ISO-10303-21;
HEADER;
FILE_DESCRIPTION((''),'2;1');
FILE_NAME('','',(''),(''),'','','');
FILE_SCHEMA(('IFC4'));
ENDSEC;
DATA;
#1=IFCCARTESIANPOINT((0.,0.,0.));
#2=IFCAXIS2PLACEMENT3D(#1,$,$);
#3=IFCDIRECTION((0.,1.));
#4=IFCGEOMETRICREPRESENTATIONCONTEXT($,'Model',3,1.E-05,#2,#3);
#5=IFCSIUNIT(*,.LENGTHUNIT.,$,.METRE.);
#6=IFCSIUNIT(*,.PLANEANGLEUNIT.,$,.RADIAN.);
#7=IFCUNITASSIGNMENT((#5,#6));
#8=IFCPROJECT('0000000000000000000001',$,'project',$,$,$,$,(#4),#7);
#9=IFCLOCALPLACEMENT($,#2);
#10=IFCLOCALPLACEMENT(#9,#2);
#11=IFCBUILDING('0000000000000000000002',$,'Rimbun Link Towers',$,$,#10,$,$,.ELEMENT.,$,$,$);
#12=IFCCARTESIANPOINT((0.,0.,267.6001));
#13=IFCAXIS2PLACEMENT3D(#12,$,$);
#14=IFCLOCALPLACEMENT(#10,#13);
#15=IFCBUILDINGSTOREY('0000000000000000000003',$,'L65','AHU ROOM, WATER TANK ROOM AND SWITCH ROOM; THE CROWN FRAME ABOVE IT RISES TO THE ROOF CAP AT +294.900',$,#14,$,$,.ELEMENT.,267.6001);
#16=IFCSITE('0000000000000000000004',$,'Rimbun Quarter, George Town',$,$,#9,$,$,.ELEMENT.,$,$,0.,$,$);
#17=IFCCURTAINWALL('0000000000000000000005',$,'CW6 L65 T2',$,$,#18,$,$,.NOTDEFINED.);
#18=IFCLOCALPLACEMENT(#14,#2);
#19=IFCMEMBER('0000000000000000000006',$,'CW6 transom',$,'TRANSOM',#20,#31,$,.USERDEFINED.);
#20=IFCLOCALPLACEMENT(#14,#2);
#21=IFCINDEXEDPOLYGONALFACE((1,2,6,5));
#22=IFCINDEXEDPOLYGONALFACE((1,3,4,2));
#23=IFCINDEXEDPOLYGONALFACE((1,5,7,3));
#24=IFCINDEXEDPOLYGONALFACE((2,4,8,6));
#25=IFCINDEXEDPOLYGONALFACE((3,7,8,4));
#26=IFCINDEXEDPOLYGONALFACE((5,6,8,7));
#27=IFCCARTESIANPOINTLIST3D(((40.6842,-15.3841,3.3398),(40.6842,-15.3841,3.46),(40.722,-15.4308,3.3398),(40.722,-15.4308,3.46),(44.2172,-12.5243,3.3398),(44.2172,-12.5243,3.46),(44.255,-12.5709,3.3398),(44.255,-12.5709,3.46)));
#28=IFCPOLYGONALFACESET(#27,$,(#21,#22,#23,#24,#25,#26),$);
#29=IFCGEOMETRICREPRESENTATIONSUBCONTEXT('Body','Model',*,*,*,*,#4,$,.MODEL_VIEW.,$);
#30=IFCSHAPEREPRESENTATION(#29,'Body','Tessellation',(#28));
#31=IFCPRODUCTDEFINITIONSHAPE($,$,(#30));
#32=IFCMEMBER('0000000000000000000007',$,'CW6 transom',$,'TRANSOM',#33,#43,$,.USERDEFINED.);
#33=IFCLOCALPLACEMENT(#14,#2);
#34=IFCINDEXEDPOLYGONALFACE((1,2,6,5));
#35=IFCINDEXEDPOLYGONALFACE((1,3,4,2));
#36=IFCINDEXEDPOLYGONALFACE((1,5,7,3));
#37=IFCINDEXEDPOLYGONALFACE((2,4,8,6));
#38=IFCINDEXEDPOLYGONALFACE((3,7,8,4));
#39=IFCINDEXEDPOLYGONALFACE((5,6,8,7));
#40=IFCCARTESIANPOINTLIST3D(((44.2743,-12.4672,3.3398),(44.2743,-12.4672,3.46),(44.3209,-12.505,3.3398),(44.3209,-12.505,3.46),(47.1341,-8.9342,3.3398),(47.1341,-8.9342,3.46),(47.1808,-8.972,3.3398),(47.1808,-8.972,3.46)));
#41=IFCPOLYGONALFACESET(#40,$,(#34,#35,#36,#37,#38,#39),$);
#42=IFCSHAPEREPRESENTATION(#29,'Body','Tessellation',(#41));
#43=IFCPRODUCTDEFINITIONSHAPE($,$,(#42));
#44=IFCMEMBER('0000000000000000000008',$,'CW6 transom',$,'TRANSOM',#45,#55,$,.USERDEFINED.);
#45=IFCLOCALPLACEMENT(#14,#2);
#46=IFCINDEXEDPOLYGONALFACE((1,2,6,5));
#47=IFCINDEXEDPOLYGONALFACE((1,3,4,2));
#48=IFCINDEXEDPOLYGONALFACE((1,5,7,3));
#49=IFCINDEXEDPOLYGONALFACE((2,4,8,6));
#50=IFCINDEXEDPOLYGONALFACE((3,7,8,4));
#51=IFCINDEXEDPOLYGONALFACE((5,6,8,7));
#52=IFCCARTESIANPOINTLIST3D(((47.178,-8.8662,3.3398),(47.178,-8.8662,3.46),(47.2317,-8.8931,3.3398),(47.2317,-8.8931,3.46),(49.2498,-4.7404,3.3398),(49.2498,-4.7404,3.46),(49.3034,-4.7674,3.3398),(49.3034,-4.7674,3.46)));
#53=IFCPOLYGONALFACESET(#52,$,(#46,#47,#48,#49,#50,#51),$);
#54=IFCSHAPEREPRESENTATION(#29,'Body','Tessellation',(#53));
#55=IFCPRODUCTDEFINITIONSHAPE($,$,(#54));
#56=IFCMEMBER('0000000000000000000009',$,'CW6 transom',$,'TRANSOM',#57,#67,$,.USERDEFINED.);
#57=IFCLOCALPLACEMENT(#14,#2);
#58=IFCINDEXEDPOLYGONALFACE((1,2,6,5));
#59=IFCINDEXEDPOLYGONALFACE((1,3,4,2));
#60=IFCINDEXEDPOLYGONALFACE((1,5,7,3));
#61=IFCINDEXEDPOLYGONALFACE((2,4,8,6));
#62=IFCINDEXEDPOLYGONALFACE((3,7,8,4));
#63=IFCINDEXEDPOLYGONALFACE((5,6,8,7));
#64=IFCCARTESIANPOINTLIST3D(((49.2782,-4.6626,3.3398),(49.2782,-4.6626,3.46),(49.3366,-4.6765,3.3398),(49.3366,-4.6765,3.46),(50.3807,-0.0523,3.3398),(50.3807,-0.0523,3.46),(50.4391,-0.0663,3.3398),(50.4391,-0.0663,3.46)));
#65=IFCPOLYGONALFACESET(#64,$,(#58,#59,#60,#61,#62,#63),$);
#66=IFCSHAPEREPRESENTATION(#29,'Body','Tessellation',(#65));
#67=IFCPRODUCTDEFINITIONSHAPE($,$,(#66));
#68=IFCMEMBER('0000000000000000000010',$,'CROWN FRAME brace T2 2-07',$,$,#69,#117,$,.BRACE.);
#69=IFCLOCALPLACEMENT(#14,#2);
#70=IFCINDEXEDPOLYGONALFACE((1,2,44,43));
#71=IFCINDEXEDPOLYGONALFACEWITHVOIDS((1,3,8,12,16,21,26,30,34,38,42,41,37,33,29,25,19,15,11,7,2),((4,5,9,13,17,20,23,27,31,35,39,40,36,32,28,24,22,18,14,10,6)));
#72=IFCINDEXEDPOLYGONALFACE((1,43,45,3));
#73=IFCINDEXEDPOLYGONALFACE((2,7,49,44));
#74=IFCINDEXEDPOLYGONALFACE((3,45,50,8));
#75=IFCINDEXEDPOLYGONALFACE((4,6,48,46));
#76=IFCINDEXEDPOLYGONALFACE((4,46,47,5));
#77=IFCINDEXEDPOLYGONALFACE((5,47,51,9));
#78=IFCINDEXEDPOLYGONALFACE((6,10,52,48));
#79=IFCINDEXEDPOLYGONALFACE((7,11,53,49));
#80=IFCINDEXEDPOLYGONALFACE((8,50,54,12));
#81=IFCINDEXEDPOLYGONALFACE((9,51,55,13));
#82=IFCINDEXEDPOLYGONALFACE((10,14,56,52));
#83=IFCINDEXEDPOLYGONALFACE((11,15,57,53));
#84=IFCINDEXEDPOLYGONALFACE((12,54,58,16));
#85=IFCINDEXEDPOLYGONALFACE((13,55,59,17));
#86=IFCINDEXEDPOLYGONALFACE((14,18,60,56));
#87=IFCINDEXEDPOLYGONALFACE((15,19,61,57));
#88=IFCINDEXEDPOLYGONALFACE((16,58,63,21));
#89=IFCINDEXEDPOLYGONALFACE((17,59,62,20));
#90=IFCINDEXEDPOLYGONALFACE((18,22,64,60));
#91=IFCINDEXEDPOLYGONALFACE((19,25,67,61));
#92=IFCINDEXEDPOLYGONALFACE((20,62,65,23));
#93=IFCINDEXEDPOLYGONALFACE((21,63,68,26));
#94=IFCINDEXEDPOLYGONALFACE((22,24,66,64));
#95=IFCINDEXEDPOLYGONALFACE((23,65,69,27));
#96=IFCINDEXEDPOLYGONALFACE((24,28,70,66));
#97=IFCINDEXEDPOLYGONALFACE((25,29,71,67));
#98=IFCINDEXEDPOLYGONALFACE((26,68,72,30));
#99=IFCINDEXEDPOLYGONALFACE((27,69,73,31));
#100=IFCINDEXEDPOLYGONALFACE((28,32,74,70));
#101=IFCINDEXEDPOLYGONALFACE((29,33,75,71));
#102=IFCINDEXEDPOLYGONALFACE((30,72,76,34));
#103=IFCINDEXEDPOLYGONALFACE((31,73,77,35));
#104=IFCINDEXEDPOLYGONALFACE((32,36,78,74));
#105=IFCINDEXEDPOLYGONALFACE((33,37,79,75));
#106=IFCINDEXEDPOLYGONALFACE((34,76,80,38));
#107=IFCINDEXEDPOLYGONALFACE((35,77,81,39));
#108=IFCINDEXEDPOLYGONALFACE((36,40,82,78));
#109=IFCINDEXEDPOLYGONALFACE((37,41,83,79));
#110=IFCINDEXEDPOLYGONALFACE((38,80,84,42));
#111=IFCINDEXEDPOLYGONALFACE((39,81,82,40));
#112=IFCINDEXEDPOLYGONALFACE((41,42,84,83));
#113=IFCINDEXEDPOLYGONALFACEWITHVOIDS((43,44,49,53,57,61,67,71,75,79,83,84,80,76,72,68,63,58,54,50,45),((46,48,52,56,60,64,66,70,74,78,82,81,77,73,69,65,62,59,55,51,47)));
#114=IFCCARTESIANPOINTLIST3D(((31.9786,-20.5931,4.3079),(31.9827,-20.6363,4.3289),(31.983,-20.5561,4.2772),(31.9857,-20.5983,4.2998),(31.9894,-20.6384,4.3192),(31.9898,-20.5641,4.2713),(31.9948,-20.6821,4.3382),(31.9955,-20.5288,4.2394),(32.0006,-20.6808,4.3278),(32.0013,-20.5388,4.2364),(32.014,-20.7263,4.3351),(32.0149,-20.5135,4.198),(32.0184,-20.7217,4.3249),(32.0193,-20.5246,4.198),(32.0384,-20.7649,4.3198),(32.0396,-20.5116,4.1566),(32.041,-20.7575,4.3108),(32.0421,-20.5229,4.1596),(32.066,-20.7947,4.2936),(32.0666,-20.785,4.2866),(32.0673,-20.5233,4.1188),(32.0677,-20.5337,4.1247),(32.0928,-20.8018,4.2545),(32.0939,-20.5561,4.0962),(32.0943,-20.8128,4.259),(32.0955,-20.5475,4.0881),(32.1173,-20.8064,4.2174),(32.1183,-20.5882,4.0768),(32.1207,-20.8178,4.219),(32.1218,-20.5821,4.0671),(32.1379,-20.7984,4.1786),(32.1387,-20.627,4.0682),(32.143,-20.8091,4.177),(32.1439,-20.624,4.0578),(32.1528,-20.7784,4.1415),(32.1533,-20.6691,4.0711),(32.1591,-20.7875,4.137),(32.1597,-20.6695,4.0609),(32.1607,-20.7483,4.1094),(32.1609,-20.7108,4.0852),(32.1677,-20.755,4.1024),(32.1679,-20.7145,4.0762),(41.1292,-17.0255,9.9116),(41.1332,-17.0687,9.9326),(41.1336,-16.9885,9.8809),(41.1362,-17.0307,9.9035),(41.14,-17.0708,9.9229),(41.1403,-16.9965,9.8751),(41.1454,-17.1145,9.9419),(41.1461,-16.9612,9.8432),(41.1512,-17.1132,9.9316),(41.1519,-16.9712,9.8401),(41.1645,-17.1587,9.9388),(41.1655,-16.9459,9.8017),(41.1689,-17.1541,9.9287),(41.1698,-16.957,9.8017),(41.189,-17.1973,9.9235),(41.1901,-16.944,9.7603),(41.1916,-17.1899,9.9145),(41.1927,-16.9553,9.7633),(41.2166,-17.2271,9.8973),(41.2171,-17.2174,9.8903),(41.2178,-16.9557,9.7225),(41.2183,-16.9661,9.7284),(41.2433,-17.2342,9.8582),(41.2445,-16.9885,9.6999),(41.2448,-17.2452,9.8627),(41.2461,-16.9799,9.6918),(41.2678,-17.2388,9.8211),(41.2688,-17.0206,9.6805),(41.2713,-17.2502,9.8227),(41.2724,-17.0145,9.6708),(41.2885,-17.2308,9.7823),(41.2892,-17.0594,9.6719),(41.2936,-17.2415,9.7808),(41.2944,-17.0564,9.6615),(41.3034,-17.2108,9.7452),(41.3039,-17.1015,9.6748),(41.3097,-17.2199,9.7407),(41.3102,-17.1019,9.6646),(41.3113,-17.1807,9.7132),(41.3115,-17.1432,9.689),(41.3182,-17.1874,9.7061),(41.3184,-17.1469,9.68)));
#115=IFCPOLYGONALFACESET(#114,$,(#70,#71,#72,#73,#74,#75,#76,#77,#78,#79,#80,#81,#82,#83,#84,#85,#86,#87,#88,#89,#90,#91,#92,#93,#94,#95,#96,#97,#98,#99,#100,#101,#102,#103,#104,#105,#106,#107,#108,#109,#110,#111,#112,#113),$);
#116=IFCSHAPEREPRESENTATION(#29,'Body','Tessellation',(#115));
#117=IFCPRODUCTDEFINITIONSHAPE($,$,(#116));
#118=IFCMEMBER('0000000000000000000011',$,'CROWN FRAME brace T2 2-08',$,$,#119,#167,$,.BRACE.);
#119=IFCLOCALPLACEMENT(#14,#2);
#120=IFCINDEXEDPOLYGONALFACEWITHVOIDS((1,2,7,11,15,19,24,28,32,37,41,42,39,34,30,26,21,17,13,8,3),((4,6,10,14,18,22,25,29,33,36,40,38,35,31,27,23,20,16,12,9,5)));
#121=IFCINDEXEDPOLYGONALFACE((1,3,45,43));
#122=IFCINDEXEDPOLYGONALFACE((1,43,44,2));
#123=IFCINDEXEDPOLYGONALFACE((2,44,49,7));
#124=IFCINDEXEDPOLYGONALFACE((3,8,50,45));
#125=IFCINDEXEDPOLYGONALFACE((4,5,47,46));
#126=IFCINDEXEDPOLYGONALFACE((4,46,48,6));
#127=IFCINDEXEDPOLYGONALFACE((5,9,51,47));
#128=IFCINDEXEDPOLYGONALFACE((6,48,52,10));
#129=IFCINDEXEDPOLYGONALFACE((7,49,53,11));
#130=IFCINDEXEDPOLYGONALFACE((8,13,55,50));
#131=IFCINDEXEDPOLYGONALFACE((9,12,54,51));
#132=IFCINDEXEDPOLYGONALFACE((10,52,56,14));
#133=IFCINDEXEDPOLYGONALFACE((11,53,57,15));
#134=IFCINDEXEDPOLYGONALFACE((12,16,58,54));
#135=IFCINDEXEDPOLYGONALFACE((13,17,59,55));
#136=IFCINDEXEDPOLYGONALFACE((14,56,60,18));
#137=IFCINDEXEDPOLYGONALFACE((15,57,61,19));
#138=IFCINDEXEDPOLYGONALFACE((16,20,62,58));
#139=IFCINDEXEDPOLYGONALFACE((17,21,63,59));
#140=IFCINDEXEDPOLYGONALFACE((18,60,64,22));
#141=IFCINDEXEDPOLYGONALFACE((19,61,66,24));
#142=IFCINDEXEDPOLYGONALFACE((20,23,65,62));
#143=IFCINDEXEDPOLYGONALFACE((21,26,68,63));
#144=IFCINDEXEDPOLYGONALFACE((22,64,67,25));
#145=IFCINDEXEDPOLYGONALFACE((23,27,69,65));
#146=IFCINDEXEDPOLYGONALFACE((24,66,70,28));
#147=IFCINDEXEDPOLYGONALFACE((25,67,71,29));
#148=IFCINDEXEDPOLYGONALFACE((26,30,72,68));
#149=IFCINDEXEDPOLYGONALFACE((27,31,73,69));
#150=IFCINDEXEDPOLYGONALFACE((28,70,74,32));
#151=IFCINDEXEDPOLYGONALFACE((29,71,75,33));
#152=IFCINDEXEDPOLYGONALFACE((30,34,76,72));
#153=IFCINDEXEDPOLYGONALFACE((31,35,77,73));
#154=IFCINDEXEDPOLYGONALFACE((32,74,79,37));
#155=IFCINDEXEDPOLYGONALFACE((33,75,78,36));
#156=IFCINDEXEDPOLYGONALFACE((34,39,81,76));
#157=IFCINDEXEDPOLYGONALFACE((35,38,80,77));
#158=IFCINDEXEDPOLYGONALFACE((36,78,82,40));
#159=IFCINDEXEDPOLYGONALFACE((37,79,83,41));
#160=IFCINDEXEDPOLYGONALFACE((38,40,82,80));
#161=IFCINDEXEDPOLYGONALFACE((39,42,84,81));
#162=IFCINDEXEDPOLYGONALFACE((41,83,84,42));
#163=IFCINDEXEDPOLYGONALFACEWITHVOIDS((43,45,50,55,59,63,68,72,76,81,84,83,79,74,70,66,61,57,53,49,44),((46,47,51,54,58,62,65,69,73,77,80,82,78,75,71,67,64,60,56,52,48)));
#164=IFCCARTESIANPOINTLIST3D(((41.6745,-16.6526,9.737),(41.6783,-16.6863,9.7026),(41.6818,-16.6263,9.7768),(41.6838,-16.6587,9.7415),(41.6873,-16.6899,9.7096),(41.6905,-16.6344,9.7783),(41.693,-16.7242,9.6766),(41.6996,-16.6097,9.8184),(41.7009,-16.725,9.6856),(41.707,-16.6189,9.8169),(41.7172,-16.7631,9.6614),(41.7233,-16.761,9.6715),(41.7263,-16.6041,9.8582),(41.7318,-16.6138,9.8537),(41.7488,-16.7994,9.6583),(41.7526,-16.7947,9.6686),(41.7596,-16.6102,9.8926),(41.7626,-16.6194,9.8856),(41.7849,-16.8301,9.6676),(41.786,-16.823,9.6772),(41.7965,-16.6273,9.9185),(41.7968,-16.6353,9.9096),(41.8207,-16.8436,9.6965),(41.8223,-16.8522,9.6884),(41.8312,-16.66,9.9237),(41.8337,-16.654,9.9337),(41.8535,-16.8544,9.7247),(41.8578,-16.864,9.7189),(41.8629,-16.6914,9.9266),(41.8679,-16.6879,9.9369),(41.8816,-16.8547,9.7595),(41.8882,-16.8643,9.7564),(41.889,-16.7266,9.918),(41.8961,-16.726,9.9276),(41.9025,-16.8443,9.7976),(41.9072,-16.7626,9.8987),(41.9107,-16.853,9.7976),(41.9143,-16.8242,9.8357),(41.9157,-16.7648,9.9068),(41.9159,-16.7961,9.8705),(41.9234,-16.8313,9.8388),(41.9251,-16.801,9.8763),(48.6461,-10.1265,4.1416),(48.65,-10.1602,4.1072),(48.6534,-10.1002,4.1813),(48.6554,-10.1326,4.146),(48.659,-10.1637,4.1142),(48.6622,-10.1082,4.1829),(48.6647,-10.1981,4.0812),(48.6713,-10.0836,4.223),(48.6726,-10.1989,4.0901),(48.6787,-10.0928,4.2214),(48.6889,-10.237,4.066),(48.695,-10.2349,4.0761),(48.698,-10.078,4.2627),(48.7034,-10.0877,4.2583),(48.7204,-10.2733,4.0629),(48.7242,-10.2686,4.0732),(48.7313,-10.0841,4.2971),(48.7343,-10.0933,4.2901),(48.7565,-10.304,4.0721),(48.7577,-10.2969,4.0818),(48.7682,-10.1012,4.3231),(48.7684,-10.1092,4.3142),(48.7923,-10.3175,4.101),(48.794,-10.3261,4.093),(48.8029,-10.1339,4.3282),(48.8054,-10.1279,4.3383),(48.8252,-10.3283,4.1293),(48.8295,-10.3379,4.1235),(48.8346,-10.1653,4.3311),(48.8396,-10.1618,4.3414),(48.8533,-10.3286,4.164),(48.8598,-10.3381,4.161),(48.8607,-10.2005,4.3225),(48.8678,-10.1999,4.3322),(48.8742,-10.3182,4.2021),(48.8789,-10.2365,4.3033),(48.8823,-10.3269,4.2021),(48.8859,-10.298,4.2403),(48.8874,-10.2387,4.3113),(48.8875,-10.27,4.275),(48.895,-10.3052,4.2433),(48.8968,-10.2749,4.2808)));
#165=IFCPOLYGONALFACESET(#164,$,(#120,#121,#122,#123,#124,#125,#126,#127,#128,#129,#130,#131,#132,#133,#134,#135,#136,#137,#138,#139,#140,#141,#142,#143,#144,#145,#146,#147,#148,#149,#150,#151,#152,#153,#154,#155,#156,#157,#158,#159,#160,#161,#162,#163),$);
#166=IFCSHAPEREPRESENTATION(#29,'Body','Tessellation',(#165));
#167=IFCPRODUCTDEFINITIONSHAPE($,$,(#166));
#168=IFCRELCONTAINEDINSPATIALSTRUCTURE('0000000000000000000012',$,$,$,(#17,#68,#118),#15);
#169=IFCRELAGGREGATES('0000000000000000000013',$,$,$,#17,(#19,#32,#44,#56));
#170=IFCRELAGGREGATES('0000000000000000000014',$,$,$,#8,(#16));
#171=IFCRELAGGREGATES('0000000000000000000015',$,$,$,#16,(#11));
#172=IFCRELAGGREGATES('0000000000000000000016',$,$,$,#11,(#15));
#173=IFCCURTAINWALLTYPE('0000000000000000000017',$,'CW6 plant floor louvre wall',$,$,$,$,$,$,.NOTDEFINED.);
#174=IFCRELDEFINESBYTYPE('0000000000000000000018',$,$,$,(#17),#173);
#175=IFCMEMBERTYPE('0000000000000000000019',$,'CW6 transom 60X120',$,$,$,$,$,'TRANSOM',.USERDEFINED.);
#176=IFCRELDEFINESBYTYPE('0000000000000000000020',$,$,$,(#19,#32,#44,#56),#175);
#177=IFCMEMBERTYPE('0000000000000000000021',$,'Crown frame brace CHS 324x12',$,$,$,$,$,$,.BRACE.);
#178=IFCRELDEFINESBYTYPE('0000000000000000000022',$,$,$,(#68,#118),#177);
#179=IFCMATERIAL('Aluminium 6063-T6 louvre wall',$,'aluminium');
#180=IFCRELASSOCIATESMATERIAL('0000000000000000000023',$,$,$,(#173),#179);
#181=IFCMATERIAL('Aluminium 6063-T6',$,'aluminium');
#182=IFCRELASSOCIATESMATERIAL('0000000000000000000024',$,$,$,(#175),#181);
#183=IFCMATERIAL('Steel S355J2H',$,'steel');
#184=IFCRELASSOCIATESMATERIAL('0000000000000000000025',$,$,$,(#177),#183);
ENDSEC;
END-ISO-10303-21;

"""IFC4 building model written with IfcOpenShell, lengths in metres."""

from ifc_helpers import new_model, si_unit, direction, frame, origin, origin_2d, place, context, subcontext, project, spatial, rectangle, hollow_circle, extrude, material, material_profile, profile_set, type_object, element, aggregate, save


model = new_model("IFC4")

# Units and contexts
model_context = context("Model", 3, precision=1e-05, world=origin(), true_north=direction((0.0, 1.0)))
body_context = subcontext(model_context, "Body", "Model", "MODEL_VIEW")
ifc_project = project(units=[si_unit("LENGTHUNIT", "METRE"), si_unit("PLANEANGLEUNIT", "RADIAN")], contexts=[model_context])

# Site, building, storey
site_placement = place(None, origin())
site = spatial("IfcSite", under=ifc_project, at=site_placement, Name="Rimbun Quarter, George Town", CompositionType="ELEMENT", RefElevation=0.0)
building_placement = place(site_placement, origin())
building = spatial("IfcBuilding", under=site, at=building_placement, Name="Rimbun Link Towers", CompositionType="ELEMENT")
storey_placement = place(building_placement, frame((0.0, 0.0, 267.6001)))
storey = spatial("IfcBuildingStorey", under=building, at=storey_placement, Name="L65", Description="AHU ROOM, WATER TANK ROOM AND SWITCH ROOM; THE CROWN FRAME ABOVE IT RISES TO THE ROOF CAP AT +294.900", CompositionType="ELEMENT", Elevation=267.6001)

# Curtain wall, members
ifc_material_1 = material(Name="Aluminium 6063-T6 louvre wall", Category="aluminium")
curtain_wall_type = type_object("IfcCurtainWallType", Name="CW6 plant floor louvre wall", PredefinedType="NOTDEFINED", material=ifc_material_1)
curtain_wall_placement = place(storey_placement, origin())
curtain_wall = element("IfcCurtainWall", 1, at=curtain_wall_placement, inside=storey, type_object=curtain_wall_type, Name="CW6 L65 T2", PredefinedType="NOTDEFINED")
ifc_material_2 = material(Name="Aluminium 6063-T6", Category="aluminium")
ifc_material_profile_1 = material_profile(ifc_material_2, rectangle(XDim=0.0601, YDim=0.1201, at=origin_2d()), Name="TRANSOM 60X120")
ifc_profile_set_1 = profile_set([ifc_material_profile_1], Name="Aluminium 6063-T6")
member_type_1 = type_object("IfcMemberType", Name="CW6 transom 60X120", ElementType="TRANSOM", PredefinedType="USERDEFINED", material=ifc_profile_set_1)
member_1_placement = place(storey_placement, frame((44.2361, -12.5476, 3.3999), z_axis=(-0.777261, -0.629178, 0.0), x_axis=(0.629178, -0.777261, 0.0)))
member_1 = element("IfcMember", 2, at=member_1_placement, type_object=member_type_1, Name="CW6 transom", ObjectType="TRANSOM", PredefinedType="USERDEFINED", context=body_context, shape_type="SweptSolid", body=[
    extrude(rectangle(XDim=0.0601, YDim=0.1201, at=origin_2d()), origin(), (0.0, 0.0, 1.0), 4.5454),
])
member_2_placement = place(storey_placement, frame((47.1575, -8.9531, 3.3999), z_axis=(-0.629178, -0.777261, 0.0), x_axis=(0.777261, -0.629178, 0.0)))
member_2 = element("IfcMember", 3, at=member_2_placement, type_object=member_type_1, Name="CW6 transom", ObjectType="TRANSOM", PredefinedType="USERDEFINED", context=body_context, shape_type="SweptSolid", body=[
    extrude(rectangle(XDim=0.0601, YDim=0.1201, at=origin_2d()), origin(), (0.0, 0.0, 1.0), 4.5454),
])
member_3_placement = place(storey_placement, frame((49.2766, -4.7539, 3.3999), z_axis=(-0.448757, -0.893654, 0.0), x_axis=(0.893654, -0.448757, 0.0)))
member_3 = element("IfcMember", 4, at=member_3_placement, type_object=member_type_1, Name="CW6 transom", ObjectType="TRANSOM", PredefinedType="USERDEFINED", context=body_context, shape_type="SweptSolid", body=[
    extrude(rectangle(XDim=0.0601, YDim=0.1201, at=origin_2d()), origin(), (0.0, 0.0, 1.0), 4.6167),
])
member_4_placement = place(storey_placement, frame((50.4099, -0.0593, 3.3999), z_axis=(-0.232586, -0.972576, 0.0), x_axis=(0.972576, -0.232586, 0.0)))
member_4 = element("IfcMember", 5, at=member_4_placement, type_object=member_type_1, Name="CW6 transom", ObjectType="TRANSOM", PredefinedType="USERDEFINED", context=body_context, shape_type="SweptSolid", body=[
    extrude(rectangle(XDim=0.0601, YDim=0.1201, at=origin_2d()), origin(), (0.0, 0.0, 1.0), 4.7402),
])
aggregate(curtain_wall, [member_1, member_2, member_3, member_4])

# Members
ifc_material_3 = material(Name="Steel S355J2H", Category="steel")
ifc_material_profile_2 = material_profile(ifc_material_3, hollow_circle(Radius=0.1619, WallThickness=0.012, at=origin_2d()), Name="Crown frame brace CHS 324x12")
ifc_profile_set_2 = profile_set([ifc_material_profile_2], Name="Steel S355J2H")
member_type_2 = type_object("IfcMemberType", Name="Crown frame brace CHS 324x12", PredefinedType="BRACE", material=ifc_profile_set_2)
member_5_placement = place(storey_placement, frame((32.0737, -20.6643, 4.198), z_axis=(0.809239, 0.315504, 0.49557), x_axis=(-0.363246, 0.931693, 0.0)))
element("IfcMember", 6, at=member_5_placement, inside=storey, type_object=member_type_2, Name="CROWN FRAME brace T2 2-07", PredefinedType="BRACE", context=body_context, shape_type="SweptSolid", body=[
    extrude(hollow_circle(Radius=0.1619, WallThickness=0.012, at=origin_2d()), origin(), (0.0, 0.0, 1.0), 11.3076),
])
member_6_placement = place(storey_placement, frame((48.7717, -10.2087, 4.2021), z_axis=(-0.629887, -0.589631, 0.505546), x_axis=(0.683393, -0.73005, 0.0)))
element("IfcMember", 7, at=member_6_placement, inside=storey, type_object=member_type_2, Name="CROWN FRAME brace T2 2-08", PredefinedType="BRACE", context=body_context, shape_type="SweptSolid", body=[
    extrude(hollow_circle(Radius=0.1619, WallThickness=0.012, at=origin_2d()), origin(), (0.0, 0.0, 1.0), 11.0681),
])

save(model, "model.ifc")
